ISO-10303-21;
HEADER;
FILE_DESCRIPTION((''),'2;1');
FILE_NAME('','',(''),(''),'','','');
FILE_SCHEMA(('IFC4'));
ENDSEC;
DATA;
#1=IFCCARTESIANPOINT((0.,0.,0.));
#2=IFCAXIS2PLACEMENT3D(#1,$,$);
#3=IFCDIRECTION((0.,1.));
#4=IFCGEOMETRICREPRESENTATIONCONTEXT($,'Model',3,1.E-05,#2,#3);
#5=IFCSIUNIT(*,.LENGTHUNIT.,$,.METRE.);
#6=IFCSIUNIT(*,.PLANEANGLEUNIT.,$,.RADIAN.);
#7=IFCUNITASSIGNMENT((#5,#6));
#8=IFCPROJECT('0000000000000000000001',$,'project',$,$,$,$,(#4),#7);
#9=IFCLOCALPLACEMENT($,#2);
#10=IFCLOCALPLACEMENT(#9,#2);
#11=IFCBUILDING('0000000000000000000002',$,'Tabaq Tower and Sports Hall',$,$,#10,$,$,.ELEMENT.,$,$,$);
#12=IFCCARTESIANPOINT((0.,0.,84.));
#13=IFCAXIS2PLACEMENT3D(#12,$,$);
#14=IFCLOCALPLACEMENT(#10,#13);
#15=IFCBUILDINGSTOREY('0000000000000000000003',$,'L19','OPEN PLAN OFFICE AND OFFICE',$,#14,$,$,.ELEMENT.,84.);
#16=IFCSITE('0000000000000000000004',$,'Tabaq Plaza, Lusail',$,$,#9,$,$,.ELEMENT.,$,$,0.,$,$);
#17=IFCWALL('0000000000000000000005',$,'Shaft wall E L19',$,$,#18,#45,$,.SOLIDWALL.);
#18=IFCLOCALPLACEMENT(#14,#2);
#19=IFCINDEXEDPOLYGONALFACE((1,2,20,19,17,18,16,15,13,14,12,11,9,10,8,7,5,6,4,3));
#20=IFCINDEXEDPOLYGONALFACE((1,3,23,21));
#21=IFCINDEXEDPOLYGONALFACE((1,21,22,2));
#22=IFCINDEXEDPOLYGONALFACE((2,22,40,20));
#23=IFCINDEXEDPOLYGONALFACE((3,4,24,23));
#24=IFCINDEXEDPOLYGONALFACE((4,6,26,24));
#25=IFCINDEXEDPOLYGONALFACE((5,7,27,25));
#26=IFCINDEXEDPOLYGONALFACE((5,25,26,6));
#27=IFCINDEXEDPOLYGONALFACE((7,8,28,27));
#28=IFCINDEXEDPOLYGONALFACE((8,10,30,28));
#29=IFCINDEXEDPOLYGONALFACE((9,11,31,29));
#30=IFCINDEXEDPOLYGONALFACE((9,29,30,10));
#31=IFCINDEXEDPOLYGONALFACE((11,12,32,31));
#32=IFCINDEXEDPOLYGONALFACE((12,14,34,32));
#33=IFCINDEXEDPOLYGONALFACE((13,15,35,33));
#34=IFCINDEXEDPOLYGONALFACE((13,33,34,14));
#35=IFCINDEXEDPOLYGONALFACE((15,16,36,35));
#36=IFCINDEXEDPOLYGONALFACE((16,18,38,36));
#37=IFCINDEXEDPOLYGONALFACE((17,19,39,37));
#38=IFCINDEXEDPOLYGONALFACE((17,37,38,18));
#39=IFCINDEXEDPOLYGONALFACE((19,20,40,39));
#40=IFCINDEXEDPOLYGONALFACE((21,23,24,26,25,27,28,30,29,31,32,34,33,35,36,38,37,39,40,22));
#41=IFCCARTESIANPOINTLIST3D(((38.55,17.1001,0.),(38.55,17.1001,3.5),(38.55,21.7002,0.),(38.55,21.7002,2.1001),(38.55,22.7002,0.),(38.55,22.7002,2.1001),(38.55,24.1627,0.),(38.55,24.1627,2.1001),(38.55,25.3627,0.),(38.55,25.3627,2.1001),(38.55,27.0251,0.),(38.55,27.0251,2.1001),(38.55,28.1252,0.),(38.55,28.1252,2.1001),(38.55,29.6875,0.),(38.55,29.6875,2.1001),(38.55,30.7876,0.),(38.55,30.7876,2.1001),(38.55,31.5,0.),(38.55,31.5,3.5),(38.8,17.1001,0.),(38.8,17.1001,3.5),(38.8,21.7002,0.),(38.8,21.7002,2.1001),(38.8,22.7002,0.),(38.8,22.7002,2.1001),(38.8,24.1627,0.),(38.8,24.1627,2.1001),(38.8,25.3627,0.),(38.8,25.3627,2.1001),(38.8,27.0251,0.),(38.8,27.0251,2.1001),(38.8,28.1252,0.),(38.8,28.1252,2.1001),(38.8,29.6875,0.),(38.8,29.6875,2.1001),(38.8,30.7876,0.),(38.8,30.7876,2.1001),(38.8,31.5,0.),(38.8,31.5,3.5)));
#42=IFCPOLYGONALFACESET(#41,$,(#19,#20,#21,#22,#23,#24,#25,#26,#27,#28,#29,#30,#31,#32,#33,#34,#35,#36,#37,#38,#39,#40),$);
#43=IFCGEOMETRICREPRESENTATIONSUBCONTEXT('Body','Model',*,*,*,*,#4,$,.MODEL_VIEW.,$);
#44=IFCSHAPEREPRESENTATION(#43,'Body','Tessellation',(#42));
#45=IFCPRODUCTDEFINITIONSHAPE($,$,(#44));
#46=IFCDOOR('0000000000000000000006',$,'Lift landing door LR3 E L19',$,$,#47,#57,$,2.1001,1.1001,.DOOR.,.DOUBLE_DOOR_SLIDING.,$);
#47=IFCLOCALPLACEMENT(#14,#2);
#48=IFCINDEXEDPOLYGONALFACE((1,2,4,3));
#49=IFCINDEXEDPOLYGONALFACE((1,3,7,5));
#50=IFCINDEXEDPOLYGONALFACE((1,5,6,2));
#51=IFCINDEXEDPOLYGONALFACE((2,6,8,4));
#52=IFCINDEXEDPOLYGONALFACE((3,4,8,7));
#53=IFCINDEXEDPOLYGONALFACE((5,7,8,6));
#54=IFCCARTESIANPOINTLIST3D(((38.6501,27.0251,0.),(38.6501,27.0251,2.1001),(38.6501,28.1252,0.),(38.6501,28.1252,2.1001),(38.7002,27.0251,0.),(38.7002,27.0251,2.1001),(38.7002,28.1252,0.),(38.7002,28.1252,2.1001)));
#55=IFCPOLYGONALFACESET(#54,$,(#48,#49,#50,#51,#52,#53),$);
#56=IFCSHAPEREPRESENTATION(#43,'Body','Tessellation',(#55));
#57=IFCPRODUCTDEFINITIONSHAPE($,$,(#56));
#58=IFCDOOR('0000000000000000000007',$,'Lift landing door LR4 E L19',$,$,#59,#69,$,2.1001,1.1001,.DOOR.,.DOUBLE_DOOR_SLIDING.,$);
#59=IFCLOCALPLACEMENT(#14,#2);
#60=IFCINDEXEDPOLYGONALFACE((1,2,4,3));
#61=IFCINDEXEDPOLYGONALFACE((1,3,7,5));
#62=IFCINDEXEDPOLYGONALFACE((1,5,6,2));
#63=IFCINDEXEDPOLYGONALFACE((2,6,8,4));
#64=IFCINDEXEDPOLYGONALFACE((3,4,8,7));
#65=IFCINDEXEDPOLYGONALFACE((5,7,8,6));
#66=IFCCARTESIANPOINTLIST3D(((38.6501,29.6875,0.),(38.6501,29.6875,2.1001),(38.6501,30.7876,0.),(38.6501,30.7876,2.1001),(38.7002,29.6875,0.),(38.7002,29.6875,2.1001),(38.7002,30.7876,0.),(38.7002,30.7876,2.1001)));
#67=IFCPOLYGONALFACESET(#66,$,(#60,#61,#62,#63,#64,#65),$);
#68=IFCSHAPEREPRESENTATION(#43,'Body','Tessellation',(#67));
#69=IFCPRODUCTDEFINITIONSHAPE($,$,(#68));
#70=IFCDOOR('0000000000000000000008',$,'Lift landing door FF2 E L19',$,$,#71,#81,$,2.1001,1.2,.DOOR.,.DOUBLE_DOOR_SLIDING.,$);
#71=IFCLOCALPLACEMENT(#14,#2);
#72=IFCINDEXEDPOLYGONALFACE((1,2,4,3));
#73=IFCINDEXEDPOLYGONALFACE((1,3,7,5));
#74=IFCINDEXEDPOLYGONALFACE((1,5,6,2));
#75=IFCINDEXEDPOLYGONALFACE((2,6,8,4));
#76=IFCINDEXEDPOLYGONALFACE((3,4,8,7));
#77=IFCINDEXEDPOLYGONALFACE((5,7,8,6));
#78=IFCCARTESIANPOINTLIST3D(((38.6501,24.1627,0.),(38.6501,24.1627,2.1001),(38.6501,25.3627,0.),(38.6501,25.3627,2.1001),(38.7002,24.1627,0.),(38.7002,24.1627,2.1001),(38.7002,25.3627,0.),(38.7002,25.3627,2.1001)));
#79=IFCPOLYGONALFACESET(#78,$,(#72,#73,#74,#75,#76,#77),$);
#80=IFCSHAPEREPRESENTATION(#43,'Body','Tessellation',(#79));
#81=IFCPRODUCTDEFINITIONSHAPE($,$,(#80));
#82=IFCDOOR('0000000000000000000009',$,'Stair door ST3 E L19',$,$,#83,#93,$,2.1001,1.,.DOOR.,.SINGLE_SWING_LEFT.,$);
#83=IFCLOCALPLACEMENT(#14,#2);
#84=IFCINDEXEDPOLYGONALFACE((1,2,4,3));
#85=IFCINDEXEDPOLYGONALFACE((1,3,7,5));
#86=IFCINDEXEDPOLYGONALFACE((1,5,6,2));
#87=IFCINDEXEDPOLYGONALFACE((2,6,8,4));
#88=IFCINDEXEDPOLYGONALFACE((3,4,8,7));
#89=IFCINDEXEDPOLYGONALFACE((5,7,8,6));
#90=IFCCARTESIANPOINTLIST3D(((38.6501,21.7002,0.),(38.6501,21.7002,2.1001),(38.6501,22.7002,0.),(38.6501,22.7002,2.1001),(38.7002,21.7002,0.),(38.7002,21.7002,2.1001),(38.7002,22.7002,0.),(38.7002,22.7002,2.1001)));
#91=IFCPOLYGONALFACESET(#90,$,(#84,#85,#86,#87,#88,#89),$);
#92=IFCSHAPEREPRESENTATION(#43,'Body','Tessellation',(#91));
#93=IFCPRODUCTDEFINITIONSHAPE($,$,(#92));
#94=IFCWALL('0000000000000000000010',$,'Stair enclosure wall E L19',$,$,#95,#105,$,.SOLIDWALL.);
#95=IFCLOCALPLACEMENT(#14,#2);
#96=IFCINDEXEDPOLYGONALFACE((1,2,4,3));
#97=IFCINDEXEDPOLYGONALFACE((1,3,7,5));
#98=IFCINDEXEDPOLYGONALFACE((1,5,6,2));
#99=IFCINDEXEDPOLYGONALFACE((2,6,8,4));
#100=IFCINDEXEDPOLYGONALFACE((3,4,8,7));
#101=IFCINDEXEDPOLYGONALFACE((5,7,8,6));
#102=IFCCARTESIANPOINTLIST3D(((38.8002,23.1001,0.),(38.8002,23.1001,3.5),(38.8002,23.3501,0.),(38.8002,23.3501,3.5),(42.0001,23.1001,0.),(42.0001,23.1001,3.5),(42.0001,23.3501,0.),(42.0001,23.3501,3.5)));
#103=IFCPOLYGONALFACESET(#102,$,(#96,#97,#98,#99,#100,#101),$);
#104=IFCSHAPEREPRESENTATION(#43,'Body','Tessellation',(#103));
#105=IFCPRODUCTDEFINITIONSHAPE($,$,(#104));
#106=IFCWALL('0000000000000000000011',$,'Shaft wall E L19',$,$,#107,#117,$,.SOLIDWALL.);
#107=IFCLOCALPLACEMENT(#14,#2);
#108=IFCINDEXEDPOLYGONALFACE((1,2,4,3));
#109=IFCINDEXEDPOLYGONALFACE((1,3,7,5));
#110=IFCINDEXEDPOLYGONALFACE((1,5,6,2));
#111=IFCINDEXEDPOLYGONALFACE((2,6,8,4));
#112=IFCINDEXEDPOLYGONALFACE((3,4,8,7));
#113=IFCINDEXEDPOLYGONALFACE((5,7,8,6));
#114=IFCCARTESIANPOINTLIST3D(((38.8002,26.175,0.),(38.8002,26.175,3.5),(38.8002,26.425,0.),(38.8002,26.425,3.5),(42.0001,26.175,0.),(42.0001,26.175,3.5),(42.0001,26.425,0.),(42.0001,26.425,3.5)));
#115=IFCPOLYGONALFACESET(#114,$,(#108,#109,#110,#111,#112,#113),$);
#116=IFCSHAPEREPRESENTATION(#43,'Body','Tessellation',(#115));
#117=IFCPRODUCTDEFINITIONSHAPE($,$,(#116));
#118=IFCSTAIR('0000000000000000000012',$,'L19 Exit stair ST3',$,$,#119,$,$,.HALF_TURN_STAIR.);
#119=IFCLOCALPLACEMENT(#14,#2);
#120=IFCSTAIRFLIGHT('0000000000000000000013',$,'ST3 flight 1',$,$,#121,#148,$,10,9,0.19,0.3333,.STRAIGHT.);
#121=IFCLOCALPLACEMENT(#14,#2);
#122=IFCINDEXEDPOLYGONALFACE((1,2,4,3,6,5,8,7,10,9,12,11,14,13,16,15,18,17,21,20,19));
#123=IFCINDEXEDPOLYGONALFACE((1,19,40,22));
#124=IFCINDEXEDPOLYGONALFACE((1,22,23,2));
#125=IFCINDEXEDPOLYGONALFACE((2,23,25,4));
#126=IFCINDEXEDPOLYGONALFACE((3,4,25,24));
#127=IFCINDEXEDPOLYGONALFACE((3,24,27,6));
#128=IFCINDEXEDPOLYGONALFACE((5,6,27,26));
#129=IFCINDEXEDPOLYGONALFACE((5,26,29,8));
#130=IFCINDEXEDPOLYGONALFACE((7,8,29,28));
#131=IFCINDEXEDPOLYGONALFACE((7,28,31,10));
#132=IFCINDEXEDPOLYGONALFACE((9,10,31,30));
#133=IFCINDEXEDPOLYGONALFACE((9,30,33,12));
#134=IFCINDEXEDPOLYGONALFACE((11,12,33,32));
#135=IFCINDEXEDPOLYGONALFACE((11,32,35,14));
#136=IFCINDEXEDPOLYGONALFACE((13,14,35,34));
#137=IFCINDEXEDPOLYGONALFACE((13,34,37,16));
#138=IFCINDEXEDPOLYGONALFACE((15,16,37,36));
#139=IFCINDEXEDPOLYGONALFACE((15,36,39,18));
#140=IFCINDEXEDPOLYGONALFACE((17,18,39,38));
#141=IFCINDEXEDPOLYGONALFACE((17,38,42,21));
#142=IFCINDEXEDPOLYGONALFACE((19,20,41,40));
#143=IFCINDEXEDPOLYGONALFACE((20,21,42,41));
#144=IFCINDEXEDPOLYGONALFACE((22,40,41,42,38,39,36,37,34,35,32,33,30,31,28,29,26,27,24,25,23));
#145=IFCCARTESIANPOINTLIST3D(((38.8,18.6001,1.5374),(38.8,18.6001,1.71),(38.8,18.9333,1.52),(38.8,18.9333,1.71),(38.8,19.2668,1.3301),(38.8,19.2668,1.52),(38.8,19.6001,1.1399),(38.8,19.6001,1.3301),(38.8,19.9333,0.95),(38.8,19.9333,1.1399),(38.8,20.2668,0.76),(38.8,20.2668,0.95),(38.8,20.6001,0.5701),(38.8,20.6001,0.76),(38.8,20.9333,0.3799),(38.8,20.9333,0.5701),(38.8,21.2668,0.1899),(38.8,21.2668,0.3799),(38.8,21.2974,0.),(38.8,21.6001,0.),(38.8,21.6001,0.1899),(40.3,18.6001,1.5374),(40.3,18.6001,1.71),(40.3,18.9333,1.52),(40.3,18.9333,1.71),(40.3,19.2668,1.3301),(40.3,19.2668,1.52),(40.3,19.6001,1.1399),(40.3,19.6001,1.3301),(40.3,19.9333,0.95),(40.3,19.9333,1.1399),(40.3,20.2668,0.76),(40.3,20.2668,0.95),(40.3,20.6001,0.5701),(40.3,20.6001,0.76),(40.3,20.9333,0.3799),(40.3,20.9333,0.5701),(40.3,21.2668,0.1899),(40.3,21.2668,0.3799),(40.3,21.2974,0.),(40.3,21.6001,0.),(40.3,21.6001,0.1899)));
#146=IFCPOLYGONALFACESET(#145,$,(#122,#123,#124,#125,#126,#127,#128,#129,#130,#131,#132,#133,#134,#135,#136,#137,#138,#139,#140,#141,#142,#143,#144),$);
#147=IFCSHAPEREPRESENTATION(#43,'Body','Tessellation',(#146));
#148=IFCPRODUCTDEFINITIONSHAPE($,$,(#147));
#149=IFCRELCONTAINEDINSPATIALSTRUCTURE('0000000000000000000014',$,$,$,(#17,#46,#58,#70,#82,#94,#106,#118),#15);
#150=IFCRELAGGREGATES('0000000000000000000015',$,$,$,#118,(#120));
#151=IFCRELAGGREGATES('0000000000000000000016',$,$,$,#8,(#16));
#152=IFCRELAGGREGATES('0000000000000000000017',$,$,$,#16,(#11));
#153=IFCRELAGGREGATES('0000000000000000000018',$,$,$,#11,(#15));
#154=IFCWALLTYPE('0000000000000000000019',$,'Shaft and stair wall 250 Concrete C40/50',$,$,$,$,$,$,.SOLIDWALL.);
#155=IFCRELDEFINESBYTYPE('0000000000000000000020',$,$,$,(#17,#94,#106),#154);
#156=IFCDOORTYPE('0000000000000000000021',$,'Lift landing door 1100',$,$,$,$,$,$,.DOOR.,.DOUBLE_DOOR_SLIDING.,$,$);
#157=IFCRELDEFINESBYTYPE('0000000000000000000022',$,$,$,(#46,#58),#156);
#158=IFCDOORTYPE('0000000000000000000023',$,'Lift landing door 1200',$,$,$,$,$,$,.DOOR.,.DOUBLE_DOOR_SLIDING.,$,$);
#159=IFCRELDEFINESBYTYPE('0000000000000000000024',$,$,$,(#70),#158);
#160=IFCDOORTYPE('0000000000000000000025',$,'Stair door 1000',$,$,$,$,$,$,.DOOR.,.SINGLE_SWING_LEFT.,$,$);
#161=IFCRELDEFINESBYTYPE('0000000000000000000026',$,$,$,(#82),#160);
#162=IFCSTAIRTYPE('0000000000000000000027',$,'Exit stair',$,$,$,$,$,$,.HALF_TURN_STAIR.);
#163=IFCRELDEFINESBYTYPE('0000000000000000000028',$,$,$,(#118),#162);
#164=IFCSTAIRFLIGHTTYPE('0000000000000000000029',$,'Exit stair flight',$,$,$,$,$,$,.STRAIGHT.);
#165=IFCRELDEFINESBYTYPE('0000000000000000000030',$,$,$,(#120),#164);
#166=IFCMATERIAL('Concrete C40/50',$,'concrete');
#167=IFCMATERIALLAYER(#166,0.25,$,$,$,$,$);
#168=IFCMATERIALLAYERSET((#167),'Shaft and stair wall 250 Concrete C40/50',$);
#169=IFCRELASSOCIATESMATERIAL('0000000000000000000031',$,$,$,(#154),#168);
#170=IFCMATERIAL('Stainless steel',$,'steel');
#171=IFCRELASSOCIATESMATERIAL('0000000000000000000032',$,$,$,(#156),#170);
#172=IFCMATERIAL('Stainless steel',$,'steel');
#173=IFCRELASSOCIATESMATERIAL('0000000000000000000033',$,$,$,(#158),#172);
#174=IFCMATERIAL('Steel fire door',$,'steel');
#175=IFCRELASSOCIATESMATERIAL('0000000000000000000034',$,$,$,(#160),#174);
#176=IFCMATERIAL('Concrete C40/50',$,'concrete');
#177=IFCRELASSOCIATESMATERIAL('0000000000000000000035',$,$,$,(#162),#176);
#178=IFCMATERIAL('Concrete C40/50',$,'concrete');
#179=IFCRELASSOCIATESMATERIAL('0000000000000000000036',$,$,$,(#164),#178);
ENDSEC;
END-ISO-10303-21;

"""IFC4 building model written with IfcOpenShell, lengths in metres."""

from ifc_helpers import new_model, si_unit, direction, frame, frame_2d, origin, place, context, subcontext, project, spatial, polyline, rectangle, outline, extrude, material, layer, layer_set, type_object, element, fill, aggregate, save


model = new_model("IFC4")

# Units and contexts
model_context = context("Model", 3, precision=1e-05, world=origin(), true_north=direction((0.0, 1.0)))
body_context = subcontext(model_context, "Body", "Model", "MODEL_VIEW")
ifc_project = project(units=[si_unit("LENGTHUNIT", "METRE"), si_unit("PLANEANGLEUNIT", "RADIAN")], contexts=[model_context])

# Site, building, storey
site_placement = place(None, origin())
site = spatial("IfcSite", under=ifc_project, at=site_placement, Name="Tabaq Plaza, Lusail", CompositionType="ELEMENT", RefElevation=0.0)
building_placement = place(site_placement, origin())
building = spatial("IfcBuilding", under=site, at=building_placement, Name="Tabaq Tower and Sports Hall", CompositionType="ELEMENT")
storey_placement = place(building_placement, frame((0.0, 0.0, 84.0)))
storey = spatial("IfcBuildingStorey", under=building, at=storey_placement, Name="L19", Description="OPEN PLAN OFFICE AND OFFICE", CompositionType="ELEMENT", Elevation=84.0)

# Wall, openings, doors
ifc_material_1 = material(Name="Concrete C40/50", Category="concrete")
ifc_layer_1 = layer(ifc_material_1, 0.25)
ifc_layer_set_1 = layer_set([ifc_layer_1], Name="Shaft and stair wall 250 Concrete C40/50")
wall_type_1 = type_object("IfcWallType", Name="Shaft and stair wall 250 Concrete C40/50", PredefinedType="SOLIDWALL", material=ifc_layer_set_1)
wall_1_placement = place(storey_placement, frame((38.675, 17.1001, 0.0), z_axis=(0.0, 0.0, 1.0), x_axis=(0.0, 1.0, 0.0)))
wall_1 = element("IfcWall", 1, at=wall_1_placement, inside=storey, type_object=wall_type_1, Name="Shaft wall E L19", PredefinedType="SOLIDWALL", context=body_context, shape_type="SweptSolid", body=[
    extrude(rectangle(XDim=14.3999, YDim=0.25, at=frame_2d((7.2, 0.0))), origin(), (0.0, 0.0, 1.0), 3.5),
])
opening_1_placement = place(wall_1_placement, frame((4.6001, 0.0, 0.0)))
opening_1 = element("IfcOpeningElement", 2, at=opening_1_placement, cuts=wall_1, PredefinedType="OPENING", context=body_context, shape_type="SweptSolid", body=[
    extrude(rectangle(XDim=1.0, YDim=2.1001, at=frame_2d((0.5, 1.05))), frame((0.0, 0.125, 0.0), z_axis=(0.0, -1.0, 0.0), x_axis=(1.0, 0.0, 0.0)), (0.0, 0.0, 1.0), 0.25),
])
opening_2_placement = place(wall_1_placement, frame((7.0625, 0.0, 0.0)))
opening_2 = element("IfcOpeningElement", 3, at=opening_2_placement, cuts=wall_1, PredefinedType="OPENING", context=body_context, shape_type="SweptSolid", body=[
    extrude(rectangle(XDim=1.2, YDim=2.1001, at=frame_2d((0.6001, 1.05))), frame((0.0, 0.125, 0.0), z_axis=(0.0, -1.0, 0.0), x_axis=(1.0, 0.0, 0.0)), (0.0, 0.0, 1.0), 0.25),
])
opening_3_placement = place(wall_1_placement, frame((9.925, 0.0, 0.0)))
opening_3 = element("IfcOpeningElement", 4, at=opening_3_placement, cuts=wall_1, PredefinedType="OPENING", context=body_context, shape_type="SweptSolid", body=[
    extrude(rectangle(XDim=1.1001, YDim=2.1001, at=frame_2d((0.55, 1.05))), frame((0.0, 0.125, 0.0), z_axis=(0.0, -1.0, 0.0), x_axis=(1.0, 0.0, 0.0)), (0.0, 0.0, 1.0), 0.25),
])
opening_4_placement = place(wall_1_placement, frame((12.5874, 0.0, 0.0)))
opening_4 = element("IfcOpeningElement", 5, at=opening_4_placement, cuts=wall_1, PredefinedType="OPENING", context=body_context, shape_type="SweptSolid", body=[
    extrude(rectangle(XDim=1.1001, YDim=2.1001, at=frame_2d((0.55, 1.05))), frame((0.0, 0.125, 0.0), z_axis=(0.0, -1.0, 0.0), x_axis=(1.0, 0.0, 0.0)), (0.0, 0.0, 1.0), 0.25),
])
ifc_material_2 = material(Name="Stainless steel", Category="steel")
door_type_1 = type_object("IfcDoorType", Name="Lift landing door 1100", OperationType="DOUBLE_DOOR_SLIDING", PredefinedType="DOOR", material=ifc_material_2)
door_1_placement = place(opening_3_placement, origin())
door_1 = element("IfcDoor", 6, at=door_1_placement, inside=storey, type_object=door_type_1, Name="Lift landing door LR3 E L19", OperationType="DOUBLE_DOOR_SLIDING", OverallHeight=2.1001, OverallWidth=1.1001, PredefinedType="DOOR", context=body_context, shape_type="SweptSolid", body=[
    extrude(rectangle(XDim=1.1001, YDim=2.1001, at=frame_2d((0.55, 1.05))), frame((0.0, 0.0249, 0.0), z_axis=(0.0, -1.0, 0.0), x_axis=(1.0, 0.0, 0.0)), (0.0, 0.0, 1.0), 0.05),
])
fill(opening_3, door_1)
door_2_placement = place(opening_4_placement, origin())
door_2 = element("IfcDoor", 7, at=door_2_placement, inside=storey, type_object=door_type_1, Name="Lift landing door LR4 E L19", OperationType="DOUBLE_DOOR_SLIDING", OverallHeight=2.1001, OverallWidth=1.1001, PredefinedType="DOOR", context=body_context, shape_type="SweptSolid", body=[
    extrude(rectangle(XDim=1.1001, YDim=2.1001, at=frame_2d((0.55, 1.05))), frame((0.0, 0.0249, 0.0), z_axis=(0.0, -1.0, 0.0), x_axis=(1.0, 0.0, 0.0)), (0.0, 0.0, 1.0), 0.05),
])
fill(opening_4, door_2)
ifc_material_3 = material(Name="Stainless steel", Category="steel")
door_type_2 = type_object("IfcDoorType", Name="Lift landing door 1200", OperationType="DOUBLE_DOOR_SLIDING", PredefinedType="DOOR", material=ifc_material_3)
door_3_placement = place(opening_2_placement, origin())
door_3 = element("IfcDoor", 8, at=door_3_placement, inside=storey, type_object=door_type_2, Name="Lift landing door FF2 E L19", OperationType="DOUBLE_DOOR_SLIDING", OverallHeight=2.1001, OverallWidth=1.2, PredefinedType="DOOR", context=body_context, shape_type="SweptSolid", body=[
    extrude(rectangle(XDim=1.2, YDim=2.1001, at=frame_2d((0.6001, 1.05))), frame((0.0, 0.0249, 0.0), z_axis=(0.0, -1.0, 0.0), x_axis=(1.0, 0.0, 0.0)), (0.0, 0.0, 1.0), 0.05),
])
fill(opening_2, door_3)
ifc_material_4 = material(Name="Steel fire door", Category="steel")
door_type_3 = type_object("IfcDoorType", Name="Stair door 1000", OperationType="SINGLE_SWING_LEFT", PredefinedType="DOOR", material=ifc_material_4)
door_4_placement = place(opening_1_placement, origin())
door_4 = element("IfcDoor", 9, at=door_4_placement, inside=storey, type_object=door_type_3, Name="Stair door ST3 E L19", OperationType="SINGLE_SWING_LEFT", OverallHeight=2.1001, OverallWidth=1.0, PredefinedType="DOOR", context=body_context, shape_type="SweptSolid", body=[
    extrude(rectangle(XDim=1.0, YDim=2.1001, at=frame_2d((0.5, 1.05))), frame((0.0, 0.0249, 0.0), z_axis=(0.0, -1.0, 0.0), x_axis=(1.0, 0.0, 0.0)), (0.0, 0.0, 1.0), 0.05),
])
fill(opening_1, door_4)

# Walls
for number, where, z_axis, x_axis, name in (
    (10, (38.8, 23.2251, 0.0), (0.0, 0.0, 1.0), (1.0, 0.0, 0.0), "Stair enclosure wall E L19"),
    (11, (38.8, 26.3, 0.0), (0.0, 0.0, 1.0), (1.0, 0.0, 0.0), "Shaft wall E L19"),
):
    element("IfcWall", number, at=place(storey_placement, frame(where, z_axis=z_axis, x_axis=x_axis)), inside=storey, type_object=wall_type_1, Name=name, PredefinedType="SOLIDWALL", context=body_context, shape_type="SweptSolid", body=[
        extrude(rectangle(XDim=3.2, YDim=0.25, at=frame_2d((1.6001, 0.0))), origin(), (0.0, 0.0, 1.0), 3.5),
    ])

# Stair, stair flight
ifc_material_5 = material(Name="Concrete C40/50", Category="concrete")
stair_type = type_object("IfcStairType", Name="Exit stair", PredefinedType="HALF_TURN_STAIR", material=ifc_material_5)
stair_placement = place(storey_placement, origin())
stair = element("IfcStair", 12, at=stair_placement, inside=storey, type_object=stair_type, Name="L19 Exit stair ST3", PredefinedType="HALF_TURN_STAIR")
ifc_material_6 = material(Name="Concrete C40/50", Category="concrete")
stair_flight_type = type_object("IfcStairFlightType", Name="Exit stair flight", PredefinedType="STRAIGHT", material=ifc_material_6)
stair_flight_1_placement = place(storey_placement, frame((39.55, 21.6001, 0.0), z_axis=(0.0, 0.0, 1.0), x_axis=(0.0, -1.0, 0.0)))
stair_flight_1 = element("IfcStairFlight", 13, at=stair_flight_1_placement, type_object=stair_flight_type, Name="ST3 flight 1", NumberOfRisers=10, NumberOfTreads=9, PredefinedType="STRAIGHT", RiserHeight=0.19, TreadLength=0.3333, context=body_context, shape_type="SweptSolid", body=[
    extrude(outline(polyline([(0.0, 0.0), (0.0, 0.1899), (0.3333, 0.1899), (0.3333, 0.3799), (0.6667, 0.3799), (0.6667, 0.5701), (1.0, 0.5701), (1.0, 0.76), (1.3333, 0.76), (1.3333, 0.95), (1.6667, 0.95), (1.6667, 1.1399), (2.0, 1.1399), (2.0, 1.3301), (2.3333, 1.3301), (2.3333, 1.52), (2.6667, 1.52), (2.6667, 1.71), (3.0, 1.71), (3.0, 1.8999), (3.0, 1.5374), (0.3027, 0.0), (0.0, 0.0)])), frame((0.0, 0.75, 0.0), z_axis=(0.0, -1.0, 0.0), x_axis=(1.0, 0.0, 0.0)), (0.0, 0.0, 1.0), 1.5),
])
aggregate(stair, [stair_flight_1])

save(model, "model.ifc")
